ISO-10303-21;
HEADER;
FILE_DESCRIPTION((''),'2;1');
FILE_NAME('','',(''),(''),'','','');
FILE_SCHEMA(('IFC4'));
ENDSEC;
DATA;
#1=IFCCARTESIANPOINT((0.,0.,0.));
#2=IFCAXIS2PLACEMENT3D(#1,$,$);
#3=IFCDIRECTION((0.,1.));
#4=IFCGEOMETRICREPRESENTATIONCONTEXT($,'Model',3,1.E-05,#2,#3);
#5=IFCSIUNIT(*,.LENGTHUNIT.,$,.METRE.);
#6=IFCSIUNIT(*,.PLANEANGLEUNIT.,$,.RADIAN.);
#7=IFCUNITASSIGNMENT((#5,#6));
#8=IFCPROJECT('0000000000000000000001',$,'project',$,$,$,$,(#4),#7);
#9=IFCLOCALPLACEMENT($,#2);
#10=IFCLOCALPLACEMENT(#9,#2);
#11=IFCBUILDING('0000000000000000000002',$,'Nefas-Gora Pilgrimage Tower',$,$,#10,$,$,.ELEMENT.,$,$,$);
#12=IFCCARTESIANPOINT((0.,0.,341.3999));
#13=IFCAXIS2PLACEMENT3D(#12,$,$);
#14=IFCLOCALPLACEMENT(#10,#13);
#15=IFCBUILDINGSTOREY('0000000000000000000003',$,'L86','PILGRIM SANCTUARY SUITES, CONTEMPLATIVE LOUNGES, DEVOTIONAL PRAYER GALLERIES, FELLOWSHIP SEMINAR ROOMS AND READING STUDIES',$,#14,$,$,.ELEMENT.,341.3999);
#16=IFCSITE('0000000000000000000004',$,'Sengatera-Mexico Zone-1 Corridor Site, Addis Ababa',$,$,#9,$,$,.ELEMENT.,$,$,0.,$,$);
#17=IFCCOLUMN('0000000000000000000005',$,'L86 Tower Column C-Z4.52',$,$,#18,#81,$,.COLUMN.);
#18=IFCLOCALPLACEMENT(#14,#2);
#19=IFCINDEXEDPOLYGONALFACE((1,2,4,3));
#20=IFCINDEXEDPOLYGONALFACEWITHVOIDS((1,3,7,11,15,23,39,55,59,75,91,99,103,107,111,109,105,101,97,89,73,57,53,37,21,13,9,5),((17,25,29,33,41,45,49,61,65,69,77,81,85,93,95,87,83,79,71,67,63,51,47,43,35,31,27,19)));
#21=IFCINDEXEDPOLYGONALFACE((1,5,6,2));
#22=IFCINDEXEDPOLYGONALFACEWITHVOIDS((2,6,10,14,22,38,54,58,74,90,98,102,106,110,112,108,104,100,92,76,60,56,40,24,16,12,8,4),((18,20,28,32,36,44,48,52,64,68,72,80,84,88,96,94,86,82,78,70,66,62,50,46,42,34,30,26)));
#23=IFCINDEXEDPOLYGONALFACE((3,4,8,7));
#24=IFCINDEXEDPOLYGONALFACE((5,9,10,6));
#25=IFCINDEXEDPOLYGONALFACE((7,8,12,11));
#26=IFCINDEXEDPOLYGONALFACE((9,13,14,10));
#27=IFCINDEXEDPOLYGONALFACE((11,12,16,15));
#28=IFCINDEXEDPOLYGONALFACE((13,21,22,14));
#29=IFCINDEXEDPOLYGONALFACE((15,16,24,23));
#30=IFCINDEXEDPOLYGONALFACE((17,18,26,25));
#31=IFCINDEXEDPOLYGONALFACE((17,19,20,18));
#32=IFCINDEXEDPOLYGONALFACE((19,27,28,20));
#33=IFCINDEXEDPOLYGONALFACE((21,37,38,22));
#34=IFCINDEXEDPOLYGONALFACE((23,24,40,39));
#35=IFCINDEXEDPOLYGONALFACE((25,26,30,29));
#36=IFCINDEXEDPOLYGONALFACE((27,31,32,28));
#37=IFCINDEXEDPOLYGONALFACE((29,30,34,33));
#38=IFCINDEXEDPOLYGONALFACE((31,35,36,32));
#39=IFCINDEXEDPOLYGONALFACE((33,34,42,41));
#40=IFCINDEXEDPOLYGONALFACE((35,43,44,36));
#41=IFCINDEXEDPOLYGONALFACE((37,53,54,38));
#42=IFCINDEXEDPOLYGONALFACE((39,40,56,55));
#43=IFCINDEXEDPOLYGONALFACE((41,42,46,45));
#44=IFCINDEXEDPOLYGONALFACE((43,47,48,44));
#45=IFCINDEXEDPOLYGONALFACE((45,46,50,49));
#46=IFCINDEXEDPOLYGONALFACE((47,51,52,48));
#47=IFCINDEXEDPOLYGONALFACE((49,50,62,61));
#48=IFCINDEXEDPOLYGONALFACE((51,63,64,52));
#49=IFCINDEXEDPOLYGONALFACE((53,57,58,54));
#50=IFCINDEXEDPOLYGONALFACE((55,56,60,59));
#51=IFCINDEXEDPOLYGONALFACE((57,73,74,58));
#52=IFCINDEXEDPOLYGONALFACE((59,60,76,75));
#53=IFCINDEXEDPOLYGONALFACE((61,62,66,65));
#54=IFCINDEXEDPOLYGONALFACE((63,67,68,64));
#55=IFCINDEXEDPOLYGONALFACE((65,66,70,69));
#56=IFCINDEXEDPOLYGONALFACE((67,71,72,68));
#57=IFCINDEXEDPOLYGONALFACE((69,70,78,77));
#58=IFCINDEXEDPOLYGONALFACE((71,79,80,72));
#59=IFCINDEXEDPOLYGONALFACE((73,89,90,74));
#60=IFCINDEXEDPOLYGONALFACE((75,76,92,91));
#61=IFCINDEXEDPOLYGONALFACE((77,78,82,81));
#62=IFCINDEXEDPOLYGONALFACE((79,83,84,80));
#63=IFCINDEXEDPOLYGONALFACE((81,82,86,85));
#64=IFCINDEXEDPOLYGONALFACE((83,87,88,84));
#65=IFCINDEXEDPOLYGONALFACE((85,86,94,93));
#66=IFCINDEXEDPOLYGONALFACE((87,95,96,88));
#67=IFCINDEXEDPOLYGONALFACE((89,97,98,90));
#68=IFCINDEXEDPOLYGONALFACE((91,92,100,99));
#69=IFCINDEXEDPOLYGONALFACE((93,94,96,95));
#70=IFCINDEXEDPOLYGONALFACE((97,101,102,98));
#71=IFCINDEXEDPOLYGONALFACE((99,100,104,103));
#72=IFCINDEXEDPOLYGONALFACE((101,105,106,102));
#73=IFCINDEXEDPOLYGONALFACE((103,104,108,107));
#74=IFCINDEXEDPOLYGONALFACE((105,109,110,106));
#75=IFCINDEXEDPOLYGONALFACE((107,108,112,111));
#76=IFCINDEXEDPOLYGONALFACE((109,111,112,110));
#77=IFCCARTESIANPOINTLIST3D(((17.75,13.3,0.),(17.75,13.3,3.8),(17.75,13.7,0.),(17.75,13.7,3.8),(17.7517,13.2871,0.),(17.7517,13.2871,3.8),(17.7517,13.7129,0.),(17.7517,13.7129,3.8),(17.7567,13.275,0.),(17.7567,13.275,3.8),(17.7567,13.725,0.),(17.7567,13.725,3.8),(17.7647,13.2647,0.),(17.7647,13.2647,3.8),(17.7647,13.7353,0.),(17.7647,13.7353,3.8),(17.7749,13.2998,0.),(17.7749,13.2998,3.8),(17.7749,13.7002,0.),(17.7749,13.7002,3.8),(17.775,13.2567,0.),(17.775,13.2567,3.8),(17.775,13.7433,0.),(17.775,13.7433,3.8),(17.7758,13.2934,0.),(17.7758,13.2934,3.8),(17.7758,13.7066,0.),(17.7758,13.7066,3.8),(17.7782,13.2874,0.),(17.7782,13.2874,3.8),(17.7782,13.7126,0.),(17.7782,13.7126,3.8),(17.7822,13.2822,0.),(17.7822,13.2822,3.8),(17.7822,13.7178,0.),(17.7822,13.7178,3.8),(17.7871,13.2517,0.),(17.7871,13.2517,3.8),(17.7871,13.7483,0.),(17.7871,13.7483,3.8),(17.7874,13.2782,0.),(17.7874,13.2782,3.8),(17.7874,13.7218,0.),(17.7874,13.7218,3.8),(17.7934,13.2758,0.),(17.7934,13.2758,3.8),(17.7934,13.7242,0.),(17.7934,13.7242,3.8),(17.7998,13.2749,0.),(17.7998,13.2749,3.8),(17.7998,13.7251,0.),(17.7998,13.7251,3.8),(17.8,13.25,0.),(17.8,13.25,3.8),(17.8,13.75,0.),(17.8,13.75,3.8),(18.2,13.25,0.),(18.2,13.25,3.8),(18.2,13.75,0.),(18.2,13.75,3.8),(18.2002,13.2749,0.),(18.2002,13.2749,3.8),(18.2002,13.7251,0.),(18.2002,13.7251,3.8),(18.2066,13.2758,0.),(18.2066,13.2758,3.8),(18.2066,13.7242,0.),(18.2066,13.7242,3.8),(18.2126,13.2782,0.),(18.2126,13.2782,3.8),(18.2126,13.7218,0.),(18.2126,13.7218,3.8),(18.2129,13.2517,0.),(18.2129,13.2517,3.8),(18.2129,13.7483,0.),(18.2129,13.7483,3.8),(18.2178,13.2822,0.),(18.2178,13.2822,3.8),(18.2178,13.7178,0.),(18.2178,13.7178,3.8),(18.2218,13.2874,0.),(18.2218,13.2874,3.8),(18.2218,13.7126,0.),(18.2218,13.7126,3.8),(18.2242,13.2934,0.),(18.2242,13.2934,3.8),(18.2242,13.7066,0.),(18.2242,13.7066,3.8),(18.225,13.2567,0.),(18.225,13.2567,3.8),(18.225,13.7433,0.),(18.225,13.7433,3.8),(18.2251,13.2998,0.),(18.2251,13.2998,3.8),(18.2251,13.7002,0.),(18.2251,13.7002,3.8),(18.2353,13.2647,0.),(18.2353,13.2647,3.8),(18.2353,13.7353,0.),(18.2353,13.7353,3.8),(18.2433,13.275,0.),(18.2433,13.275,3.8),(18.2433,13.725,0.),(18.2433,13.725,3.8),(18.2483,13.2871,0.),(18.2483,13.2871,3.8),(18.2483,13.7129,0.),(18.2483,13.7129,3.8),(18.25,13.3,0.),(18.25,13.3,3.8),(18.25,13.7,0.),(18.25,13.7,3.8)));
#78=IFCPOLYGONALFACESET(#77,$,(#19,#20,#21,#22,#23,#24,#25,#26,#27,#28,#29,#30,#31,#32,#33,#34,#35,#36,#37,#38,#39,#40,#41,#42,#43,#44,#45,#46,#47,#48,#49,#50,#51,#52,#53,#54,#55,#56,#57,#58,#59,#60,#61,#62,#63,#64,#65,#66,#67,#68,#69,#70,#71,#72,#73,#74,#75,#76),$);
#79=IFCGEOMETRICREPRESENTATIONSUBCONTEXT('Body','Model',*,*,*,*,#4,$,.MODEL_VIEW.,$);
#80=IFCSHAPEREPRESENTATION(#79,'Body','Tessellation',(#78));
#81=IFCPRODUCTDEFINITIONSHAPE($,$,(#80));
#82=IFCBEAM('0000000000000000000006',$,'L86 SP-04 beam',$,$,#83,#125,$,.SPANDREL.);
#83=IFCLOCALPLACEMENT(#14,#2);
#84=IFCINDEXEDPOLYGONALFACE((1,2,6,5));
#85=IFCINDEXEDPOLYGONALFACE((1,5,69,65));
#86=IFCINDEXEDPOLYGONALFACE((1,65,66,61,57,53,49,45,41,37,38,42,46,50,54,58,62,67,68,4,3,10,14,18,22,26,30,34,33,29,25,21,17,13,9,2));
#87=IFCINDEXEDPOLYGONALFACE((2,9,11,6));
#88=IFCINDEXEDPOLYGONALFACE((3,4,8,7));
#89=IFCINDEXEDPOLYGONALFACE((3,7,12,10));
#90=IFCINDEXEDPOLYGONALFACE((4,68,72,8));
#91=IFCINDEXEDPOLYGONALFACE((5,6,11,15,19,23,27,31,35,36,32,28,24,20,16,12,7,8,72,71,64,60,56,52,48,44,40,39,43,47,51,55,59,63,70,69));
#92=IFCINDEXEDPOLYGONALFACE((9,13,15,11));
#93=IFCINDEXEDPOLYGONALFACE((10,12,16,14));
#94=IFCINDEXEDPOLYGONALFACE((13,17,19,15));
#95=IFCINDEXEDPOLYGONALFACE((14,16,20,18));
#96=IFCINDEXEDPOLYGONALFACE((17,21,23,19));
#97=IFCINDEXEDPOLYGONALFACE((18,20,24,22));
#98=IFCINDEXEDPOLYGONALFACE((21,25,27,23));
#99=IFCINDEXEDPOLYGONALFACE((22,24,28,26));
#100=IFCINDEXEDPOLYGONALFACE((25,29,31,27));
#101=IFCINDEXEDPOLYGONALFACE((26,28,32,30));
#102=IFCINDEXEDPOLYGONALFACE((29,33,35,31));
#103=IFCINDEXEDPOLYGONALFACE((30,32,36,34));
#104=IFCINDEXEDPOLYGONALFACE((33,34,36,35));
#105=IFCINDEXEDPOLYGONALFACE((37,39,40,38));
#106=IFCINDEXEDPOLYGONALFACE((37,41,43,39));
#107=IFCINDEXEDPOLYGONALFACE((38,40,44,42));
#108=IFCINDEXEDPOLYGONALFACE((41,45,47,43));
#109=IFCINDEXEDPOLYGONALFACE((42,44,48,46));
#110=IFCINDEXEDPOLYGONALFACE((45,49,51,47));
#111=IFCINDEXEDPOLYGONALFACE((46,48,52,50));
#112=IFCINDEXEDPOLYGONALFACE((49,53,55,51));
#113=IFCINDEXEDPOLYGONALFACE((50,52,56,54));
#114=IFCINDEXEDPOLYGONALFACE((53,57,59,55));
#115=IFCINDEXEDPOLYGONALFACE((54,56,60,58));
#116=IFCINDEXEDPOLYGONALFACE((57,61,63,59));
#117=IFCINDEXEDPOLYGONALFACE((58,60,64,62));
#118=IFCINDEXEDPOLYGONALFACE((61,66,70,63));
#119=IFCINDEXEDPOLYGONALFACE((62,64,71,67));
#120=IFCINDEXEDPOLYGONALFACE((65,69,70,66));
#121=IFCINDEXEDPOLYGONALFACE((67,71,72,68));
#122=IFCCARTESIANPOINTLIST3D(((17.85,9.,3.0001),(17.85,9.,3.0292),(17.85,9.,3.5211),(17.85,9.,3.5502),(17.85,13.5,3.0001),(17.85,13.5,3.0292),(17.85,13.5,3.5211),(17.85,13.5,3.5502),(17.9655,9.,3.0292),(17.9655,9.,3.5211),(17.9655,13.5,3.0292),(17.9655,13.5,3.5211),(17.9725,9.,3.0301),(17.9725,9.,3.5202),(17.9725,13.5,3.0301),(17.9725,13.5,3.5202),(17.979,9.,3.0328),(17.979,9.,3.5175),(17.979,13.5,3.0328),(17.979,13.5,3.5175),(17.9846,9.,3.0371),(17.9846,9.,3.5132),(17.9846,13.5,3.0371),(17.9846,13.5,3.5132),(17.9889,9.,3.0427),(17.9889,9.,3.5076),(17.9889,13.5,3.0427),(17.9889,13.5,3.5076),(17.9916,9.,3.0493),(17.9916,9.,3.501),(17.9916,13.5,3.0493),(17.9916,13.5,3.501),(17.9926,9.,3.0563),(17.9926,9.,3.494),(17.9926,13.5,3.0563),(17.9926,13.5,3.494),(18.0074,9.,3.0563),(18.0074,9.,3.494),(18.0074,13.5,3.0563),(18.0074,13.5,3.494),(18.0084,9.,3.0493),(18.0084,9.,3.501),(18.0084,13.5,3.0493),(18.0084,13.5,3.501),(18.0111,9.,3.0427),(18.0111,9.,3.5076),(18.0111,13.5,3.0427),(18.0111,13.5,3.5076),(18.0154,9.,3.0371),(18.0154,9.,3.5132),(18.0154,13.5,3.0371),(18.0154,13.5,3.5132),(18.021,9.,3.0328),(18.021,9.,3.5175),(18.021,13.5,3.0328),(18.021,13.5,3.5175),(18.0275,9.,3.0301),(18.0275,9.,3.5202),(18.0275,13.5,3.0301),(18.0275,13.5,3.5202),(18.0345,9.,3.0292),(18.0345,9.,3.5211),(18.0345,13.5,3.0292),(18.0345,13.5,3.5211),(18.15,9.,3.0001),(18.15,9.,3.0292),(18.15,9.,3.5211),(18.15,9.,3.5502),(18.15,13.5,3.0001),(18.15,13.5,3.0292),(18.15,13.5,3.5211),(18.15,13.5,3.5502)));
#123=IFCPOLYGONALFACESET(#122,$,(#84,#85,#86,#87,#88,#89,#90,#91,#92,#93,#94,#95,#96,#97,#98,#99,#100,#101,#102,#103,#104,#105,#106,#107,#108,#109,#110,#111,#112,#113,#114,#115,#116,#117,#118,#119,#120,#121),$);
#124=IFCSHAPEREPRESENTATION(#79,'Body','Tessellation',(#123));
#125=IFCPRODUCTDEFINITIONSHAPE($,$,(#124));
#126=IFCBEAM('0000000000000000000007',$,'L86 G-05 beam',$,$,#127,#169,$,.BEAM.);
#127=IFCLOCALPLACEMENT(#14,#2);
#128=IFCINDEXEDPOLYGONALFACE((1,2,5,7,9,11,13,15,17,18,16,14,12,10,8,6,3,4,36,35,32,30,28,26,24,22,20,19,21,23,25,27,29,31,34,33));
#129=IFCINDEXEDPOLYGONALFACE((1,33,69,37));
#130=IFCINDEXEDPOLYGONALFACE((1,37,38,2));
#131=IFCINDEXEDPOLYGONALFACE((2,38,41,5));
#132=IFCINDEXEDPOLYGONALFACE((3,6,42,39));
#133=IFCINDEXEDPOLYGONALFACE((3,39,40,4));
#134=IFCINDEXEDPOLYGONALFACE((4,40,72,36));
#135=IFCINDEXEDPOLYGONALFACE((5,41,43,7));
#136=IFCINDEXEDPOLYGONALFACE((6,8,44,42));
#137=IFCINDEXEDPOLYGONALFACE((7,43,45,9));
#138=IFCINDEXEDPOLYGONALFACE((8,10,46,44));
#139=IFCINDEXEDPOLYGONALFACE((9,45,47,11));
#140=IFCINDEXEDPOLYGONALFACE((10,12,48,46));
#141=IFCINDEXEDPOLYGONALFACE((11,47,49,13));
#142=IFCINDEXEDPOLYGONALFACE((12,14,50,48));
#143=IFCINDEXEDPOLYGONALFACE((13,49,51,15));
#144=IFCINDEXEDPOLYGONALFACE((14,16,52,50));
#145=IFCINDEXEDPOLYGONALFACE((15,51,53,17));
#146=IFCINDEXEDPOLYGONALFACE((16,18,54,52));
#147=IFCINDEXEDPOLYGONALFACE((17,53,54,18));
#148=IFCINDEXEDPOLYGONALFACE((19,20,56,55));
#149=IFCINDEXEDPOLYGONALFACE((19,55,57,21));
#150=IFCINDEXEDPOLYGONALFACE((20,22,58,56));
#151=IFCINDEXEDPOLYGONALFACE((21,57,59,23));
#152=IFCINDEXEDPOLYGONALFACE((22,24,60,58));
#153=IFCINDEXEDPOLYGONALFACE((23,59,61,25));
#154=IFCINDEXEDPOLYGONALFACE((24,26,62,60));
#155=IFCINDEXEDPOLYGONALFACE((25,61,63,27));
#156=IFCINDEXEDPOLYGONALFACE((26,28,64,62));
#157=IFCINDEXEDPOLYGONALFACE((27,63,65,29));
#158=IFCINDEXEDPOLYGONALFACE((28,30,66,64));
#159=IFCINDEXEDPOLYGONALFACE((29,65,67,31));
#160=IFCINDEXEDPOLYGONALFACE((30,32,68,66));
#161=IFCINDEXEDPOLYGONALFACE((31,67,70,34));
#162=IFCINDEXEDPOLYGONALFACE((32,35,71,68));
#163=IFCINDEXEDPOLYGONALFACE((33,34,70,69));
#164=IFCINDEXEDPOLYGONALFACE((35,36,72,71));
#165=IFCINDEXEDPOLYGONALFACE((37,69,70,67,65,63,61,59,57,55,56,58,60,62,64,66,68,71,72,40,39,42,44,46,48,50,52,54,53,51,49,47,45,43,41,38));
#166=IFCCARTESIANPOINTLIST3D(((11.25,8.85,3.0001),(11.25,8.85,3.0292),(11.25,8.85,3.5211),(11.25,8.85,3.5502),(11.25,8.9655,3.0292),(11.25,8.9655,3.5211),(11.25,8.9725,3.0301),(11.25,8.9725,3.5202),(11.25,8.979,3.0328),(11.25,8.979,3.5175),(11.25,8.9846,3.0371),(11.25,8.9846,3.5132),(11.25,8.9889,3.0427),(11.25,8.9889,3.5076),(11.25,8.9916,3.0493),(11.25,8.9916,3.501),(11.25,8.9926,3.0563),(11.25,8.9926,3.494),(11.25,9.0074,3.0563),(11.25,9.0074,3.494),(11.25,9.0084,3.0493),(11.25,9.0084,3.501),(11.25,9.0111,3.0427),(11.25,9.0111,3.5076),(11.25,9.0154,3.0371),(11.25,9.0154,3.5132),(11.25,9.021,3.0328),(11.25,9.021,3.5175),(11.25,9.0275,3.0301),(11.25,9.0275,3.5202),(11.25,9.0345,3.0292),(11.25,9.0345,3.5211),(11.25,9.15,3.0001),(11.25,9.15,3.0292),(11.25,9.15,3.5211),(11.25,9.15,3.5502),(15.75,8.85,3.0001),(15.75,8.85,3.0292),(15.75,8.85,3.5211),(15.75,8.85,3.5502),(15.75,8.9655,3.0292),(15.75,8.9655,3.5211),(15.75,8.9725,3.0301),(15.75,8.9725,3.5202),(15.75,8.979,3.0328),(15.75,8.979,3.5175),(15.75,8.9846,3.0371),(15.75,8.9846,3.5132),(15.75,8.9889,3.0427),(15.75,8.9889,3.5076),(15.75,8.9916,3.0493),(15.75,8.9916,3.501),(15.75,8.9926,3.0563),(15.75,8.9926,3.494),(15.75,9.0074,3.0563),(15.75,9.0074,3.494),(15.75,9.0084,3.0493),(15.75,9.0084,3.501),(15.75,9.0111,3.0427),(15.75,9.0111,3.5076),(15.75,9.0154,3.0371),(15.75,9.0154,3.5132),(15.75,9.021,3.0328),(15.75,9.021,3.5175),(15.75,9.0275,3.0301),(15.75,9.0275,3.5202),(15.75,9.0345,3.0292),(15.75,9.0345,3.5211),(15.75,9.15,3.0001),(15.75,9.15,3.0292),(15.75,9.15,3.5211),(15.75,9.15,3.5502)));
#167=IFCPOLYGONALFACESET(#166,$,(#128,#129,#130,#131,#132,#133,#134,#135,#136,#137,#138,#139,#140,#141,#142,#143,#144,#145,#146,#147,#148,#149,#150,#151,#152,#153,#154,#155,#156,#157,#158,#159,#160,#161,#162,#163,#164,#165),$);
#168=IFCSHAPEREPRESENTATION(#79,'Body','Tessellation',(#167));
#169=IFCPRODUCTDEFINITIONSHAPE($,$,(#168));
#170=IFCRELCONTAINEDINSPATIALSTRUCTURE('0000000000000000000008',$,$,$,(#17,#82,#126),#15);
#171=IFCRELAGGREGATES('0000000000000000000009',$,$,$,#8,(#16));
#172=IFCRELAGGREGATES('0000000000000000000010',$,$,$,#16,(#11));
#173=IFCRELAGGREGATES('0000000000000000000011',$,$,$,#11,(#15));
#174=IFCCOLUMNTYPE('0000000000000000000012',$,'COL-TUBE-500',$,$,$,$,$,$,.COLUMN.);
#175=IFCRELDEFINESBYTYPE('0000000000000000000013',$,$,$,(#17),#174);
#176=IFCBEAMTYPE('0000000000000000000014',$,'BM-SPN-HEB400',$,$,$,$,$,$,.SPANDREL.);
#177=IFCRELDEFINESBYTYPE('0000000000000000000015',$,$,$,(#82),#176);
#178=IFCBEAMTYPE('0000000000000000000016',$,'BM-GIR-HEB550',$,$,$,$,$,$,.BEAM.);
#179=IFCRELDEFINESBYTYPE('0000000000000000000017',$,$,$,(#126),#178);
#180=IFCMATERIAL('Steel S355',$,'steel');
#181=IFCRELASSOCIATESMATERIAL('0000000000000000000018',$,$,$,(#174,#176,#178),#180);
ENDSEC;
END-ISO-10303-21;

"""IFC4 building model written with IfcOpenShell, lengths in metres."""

from ifc_helpers import new_model, si_unit, direction, frame, origin, origin_2d, place, context, subcontext, project, spatial, hollow_rectangle, i_section, extrude, source, transform, mapped, material, material_profile, profile_set, type_object, element, save


model = new_model("IFC4")

# Units and contexts
model_context = context("Model", 3, precision=1e-05, world=origin(), true_north=direction((0.0, 1.0)))
body_context = subcontext(model_context, "Body", "Model", "MODEL_VIEW")
ifc_project = project(units=[si_unit("LENGTHUNIT", "METRE"), si_unit("PLANEANGLEUNIT", "RADIAN")], contexts=[model_context])

# Site, building, storey
site_placement = place(None, origin())
site = spatial("IfcSite", under=ifc_project, at=site_placement, Name="Sengatera-Mexico Zone-1 Corridor Site, Addis Ababa", CompositionType="ELEMENT", RefElevation=0.0)
building_placement = place(site_placement, origin())
building = spatial("IfcBuilding", under=site, at=building_placement, Name="Nefas-Gora Pilgrimage Tower", CompositionType="ELEMENT")
storey_placement = place(building_placement, frame((0.0, 0.0, 341.3999)))
storey = spatial("IfcBuildingStorey", under=building, at=storey_placement, Name="L86", Description="PILGRIM SANCTUARY SUITES, CONTEMPLATIVE LOUNGES, DEVOTIONAL PRAYER GALLERIES, FELLOWSHIP SEMINAR ROOMS AND READING STUDIES", CompositionType="ELEMENT", Elevation=341.3999)

# Column
ifc_material_1 = material(Name="Steel S355", Category="steel")
ifc_material_profile_1 = material_profile(ifc_material_1, hollow_rectangle(XDim=0.5, YDim=0.5, WallThickness=0.0249, InnerFilletRadius=0.0249, OuterFilletRadius=0.05, at=origin_2d()), Name="SHS 500x500x25")
ifc_profile_set_1 = profile_set([ifc_material_profile_1], Name="Steel S355")
column_type_1 = type_object("IfcColumnType", Name="COL-TUBE-500", PredefinedType="COLUMN", material=ifc_profile_set_1)
shared_shape_1 = source(origin(), body_context, "Body", "SweptSolid", [
    extrude(hollow_rectangle(XDim=0.5, YDim=0.5, WallThickness=0.0249, InnerFilletRadius=0.0249, OuterFilletRadius=0.05, at=origin_2d()), origin(), (0.0, 0.0, 1.0), 3.8),
])
for number, where, z_axis, x_axis, name in (
    (1, (18.0, 13.5, 0.0), (0.0, 0.0, 1.0), (1.0, 0.0, 0.0), "L86 Tower Column C-Z4.52"),
):
    element("IfcColumn", number, at=place(storey_placement, frame(where, z_axis=z_axis, x_axis=x_axis)), inside=storey, type_object=column_type_1, Name=name, PredefinedType="COLUMN", context=body_context, shape_type="MappedRepresentation", body=[
        mapped(shared_shape_1, transform((0.0, 0.0, 0.0), x_axis=(1.0, 0.0, 0.0), y_axis=(0.0, 1.0, 0.0), z_axis=(0.0, 0.0, 1.0), scale=1.0)),
    ])

# Beams
ifc_material_profile_2 = material_profile(ifc_material_1, i_section(OverallWidth=0.3, OverallDepth=0.55, WebThickness=0.0149, FlangeThickness=0.0291, FilletRadius=0.0271, at=origin_2d()), Name="HEB 550")
ifc_profile_set_2 = profile_set([ifc_material_profile_2], Name="Steel S355")
beam_type_1 = type_object("IfcBeamType", Name="BM-SPN-HEB400", PredefinedType="SPANDREL", material=ifc_profile_set_2)
shared_shape_2 = source(origin(), body_context, "Body", "SweptSolid", [
    extrude(i_section(OverallWidth=0.3, OverallDepth=0.55, WebThickness=0.0149, FlangeThickness=0.0291, FilletRadius=0.0271, at=origin_2d()), origin(), (0.0, 0.0, 1.0), 4.5),
])
beam_placement = place(storey_placement, frame((18.0, 9.0, 3.2751), z_axis=(0.0, 1.0, 0.0), x_axis=(-1.0, 0.0, 0.0)))
element("IfcBeam", 2, at=beam_placement, inside=storey, type_object=beam_type_1, Name="L86 SP-04 beam", PredefinedType="SPANDREL", context=body_context, shape_type="MappedRepresentation", body=[
    mapped(shared_shape_2, transform((0.0, 0.0, 0.0), x_axis=(1.0, 0.0, 0.0), y_axis=(0.0, 1.0, 0.0), z_axis=(0.0, 0.0, 1.0), scale=1.0)),
])
ifc_material_profile_3 = material_profile(ifc_material_1, i_section(OverallWidth=0.3, OverallDepth=0.55, WebThickness=0.0149, FlangeThickness=0.0291, FilletRadius=0.0271, at=origin_2d()), Name="HEB 550")
ifc_profile_set_3 = profile_set([ifc_material_profile_3], Name="Steel S355")
beam_type_2 = type_object("IfcBeamType", Name="BM-GIR-HEB550", PredefinedType="BEAM", material=ifc_profile_set_3)
shared_shape_3 = source(origin(), body_context, "Body", "SweptSolid", [
    extrude(i_section(OverallWidth=0.3, OverallDepth=0.55, WebThickness=0.0149, FlangeThickness=0.0291, FilletRadius=0.0271, at=origin_2d()), origin(), (0.0, 0.0, 1.0), 4.5),
])
for number, where, z_axis, x_axis, name in (
    (3, (11.25, 9.0, 3.2751), (1.0, 0.0, 0.0), (0.0, 1.0, 0.0), "L86 G-05 beam"),
):
    element("IfcBeam", number, at=place(storey_placement, frame(where, z_axis=z_axis, x_axis=x_axis)), inside=storey, type_object=beam_type_2, Name=name, PredefinedType="BEAM", context=body_context, shape_type="MappedRepresentation", body=[
        mapped(shared_shape_3, transform((0.0, 0.0, 0.0), x_axis=(1.0, 0.0, 0.0), y_axis=(0.0, 1.0, 0.0), z_axis=(0.0, 0.0, 1.0), scale=1.0)),
    ])

save(model, "model.ifc")
